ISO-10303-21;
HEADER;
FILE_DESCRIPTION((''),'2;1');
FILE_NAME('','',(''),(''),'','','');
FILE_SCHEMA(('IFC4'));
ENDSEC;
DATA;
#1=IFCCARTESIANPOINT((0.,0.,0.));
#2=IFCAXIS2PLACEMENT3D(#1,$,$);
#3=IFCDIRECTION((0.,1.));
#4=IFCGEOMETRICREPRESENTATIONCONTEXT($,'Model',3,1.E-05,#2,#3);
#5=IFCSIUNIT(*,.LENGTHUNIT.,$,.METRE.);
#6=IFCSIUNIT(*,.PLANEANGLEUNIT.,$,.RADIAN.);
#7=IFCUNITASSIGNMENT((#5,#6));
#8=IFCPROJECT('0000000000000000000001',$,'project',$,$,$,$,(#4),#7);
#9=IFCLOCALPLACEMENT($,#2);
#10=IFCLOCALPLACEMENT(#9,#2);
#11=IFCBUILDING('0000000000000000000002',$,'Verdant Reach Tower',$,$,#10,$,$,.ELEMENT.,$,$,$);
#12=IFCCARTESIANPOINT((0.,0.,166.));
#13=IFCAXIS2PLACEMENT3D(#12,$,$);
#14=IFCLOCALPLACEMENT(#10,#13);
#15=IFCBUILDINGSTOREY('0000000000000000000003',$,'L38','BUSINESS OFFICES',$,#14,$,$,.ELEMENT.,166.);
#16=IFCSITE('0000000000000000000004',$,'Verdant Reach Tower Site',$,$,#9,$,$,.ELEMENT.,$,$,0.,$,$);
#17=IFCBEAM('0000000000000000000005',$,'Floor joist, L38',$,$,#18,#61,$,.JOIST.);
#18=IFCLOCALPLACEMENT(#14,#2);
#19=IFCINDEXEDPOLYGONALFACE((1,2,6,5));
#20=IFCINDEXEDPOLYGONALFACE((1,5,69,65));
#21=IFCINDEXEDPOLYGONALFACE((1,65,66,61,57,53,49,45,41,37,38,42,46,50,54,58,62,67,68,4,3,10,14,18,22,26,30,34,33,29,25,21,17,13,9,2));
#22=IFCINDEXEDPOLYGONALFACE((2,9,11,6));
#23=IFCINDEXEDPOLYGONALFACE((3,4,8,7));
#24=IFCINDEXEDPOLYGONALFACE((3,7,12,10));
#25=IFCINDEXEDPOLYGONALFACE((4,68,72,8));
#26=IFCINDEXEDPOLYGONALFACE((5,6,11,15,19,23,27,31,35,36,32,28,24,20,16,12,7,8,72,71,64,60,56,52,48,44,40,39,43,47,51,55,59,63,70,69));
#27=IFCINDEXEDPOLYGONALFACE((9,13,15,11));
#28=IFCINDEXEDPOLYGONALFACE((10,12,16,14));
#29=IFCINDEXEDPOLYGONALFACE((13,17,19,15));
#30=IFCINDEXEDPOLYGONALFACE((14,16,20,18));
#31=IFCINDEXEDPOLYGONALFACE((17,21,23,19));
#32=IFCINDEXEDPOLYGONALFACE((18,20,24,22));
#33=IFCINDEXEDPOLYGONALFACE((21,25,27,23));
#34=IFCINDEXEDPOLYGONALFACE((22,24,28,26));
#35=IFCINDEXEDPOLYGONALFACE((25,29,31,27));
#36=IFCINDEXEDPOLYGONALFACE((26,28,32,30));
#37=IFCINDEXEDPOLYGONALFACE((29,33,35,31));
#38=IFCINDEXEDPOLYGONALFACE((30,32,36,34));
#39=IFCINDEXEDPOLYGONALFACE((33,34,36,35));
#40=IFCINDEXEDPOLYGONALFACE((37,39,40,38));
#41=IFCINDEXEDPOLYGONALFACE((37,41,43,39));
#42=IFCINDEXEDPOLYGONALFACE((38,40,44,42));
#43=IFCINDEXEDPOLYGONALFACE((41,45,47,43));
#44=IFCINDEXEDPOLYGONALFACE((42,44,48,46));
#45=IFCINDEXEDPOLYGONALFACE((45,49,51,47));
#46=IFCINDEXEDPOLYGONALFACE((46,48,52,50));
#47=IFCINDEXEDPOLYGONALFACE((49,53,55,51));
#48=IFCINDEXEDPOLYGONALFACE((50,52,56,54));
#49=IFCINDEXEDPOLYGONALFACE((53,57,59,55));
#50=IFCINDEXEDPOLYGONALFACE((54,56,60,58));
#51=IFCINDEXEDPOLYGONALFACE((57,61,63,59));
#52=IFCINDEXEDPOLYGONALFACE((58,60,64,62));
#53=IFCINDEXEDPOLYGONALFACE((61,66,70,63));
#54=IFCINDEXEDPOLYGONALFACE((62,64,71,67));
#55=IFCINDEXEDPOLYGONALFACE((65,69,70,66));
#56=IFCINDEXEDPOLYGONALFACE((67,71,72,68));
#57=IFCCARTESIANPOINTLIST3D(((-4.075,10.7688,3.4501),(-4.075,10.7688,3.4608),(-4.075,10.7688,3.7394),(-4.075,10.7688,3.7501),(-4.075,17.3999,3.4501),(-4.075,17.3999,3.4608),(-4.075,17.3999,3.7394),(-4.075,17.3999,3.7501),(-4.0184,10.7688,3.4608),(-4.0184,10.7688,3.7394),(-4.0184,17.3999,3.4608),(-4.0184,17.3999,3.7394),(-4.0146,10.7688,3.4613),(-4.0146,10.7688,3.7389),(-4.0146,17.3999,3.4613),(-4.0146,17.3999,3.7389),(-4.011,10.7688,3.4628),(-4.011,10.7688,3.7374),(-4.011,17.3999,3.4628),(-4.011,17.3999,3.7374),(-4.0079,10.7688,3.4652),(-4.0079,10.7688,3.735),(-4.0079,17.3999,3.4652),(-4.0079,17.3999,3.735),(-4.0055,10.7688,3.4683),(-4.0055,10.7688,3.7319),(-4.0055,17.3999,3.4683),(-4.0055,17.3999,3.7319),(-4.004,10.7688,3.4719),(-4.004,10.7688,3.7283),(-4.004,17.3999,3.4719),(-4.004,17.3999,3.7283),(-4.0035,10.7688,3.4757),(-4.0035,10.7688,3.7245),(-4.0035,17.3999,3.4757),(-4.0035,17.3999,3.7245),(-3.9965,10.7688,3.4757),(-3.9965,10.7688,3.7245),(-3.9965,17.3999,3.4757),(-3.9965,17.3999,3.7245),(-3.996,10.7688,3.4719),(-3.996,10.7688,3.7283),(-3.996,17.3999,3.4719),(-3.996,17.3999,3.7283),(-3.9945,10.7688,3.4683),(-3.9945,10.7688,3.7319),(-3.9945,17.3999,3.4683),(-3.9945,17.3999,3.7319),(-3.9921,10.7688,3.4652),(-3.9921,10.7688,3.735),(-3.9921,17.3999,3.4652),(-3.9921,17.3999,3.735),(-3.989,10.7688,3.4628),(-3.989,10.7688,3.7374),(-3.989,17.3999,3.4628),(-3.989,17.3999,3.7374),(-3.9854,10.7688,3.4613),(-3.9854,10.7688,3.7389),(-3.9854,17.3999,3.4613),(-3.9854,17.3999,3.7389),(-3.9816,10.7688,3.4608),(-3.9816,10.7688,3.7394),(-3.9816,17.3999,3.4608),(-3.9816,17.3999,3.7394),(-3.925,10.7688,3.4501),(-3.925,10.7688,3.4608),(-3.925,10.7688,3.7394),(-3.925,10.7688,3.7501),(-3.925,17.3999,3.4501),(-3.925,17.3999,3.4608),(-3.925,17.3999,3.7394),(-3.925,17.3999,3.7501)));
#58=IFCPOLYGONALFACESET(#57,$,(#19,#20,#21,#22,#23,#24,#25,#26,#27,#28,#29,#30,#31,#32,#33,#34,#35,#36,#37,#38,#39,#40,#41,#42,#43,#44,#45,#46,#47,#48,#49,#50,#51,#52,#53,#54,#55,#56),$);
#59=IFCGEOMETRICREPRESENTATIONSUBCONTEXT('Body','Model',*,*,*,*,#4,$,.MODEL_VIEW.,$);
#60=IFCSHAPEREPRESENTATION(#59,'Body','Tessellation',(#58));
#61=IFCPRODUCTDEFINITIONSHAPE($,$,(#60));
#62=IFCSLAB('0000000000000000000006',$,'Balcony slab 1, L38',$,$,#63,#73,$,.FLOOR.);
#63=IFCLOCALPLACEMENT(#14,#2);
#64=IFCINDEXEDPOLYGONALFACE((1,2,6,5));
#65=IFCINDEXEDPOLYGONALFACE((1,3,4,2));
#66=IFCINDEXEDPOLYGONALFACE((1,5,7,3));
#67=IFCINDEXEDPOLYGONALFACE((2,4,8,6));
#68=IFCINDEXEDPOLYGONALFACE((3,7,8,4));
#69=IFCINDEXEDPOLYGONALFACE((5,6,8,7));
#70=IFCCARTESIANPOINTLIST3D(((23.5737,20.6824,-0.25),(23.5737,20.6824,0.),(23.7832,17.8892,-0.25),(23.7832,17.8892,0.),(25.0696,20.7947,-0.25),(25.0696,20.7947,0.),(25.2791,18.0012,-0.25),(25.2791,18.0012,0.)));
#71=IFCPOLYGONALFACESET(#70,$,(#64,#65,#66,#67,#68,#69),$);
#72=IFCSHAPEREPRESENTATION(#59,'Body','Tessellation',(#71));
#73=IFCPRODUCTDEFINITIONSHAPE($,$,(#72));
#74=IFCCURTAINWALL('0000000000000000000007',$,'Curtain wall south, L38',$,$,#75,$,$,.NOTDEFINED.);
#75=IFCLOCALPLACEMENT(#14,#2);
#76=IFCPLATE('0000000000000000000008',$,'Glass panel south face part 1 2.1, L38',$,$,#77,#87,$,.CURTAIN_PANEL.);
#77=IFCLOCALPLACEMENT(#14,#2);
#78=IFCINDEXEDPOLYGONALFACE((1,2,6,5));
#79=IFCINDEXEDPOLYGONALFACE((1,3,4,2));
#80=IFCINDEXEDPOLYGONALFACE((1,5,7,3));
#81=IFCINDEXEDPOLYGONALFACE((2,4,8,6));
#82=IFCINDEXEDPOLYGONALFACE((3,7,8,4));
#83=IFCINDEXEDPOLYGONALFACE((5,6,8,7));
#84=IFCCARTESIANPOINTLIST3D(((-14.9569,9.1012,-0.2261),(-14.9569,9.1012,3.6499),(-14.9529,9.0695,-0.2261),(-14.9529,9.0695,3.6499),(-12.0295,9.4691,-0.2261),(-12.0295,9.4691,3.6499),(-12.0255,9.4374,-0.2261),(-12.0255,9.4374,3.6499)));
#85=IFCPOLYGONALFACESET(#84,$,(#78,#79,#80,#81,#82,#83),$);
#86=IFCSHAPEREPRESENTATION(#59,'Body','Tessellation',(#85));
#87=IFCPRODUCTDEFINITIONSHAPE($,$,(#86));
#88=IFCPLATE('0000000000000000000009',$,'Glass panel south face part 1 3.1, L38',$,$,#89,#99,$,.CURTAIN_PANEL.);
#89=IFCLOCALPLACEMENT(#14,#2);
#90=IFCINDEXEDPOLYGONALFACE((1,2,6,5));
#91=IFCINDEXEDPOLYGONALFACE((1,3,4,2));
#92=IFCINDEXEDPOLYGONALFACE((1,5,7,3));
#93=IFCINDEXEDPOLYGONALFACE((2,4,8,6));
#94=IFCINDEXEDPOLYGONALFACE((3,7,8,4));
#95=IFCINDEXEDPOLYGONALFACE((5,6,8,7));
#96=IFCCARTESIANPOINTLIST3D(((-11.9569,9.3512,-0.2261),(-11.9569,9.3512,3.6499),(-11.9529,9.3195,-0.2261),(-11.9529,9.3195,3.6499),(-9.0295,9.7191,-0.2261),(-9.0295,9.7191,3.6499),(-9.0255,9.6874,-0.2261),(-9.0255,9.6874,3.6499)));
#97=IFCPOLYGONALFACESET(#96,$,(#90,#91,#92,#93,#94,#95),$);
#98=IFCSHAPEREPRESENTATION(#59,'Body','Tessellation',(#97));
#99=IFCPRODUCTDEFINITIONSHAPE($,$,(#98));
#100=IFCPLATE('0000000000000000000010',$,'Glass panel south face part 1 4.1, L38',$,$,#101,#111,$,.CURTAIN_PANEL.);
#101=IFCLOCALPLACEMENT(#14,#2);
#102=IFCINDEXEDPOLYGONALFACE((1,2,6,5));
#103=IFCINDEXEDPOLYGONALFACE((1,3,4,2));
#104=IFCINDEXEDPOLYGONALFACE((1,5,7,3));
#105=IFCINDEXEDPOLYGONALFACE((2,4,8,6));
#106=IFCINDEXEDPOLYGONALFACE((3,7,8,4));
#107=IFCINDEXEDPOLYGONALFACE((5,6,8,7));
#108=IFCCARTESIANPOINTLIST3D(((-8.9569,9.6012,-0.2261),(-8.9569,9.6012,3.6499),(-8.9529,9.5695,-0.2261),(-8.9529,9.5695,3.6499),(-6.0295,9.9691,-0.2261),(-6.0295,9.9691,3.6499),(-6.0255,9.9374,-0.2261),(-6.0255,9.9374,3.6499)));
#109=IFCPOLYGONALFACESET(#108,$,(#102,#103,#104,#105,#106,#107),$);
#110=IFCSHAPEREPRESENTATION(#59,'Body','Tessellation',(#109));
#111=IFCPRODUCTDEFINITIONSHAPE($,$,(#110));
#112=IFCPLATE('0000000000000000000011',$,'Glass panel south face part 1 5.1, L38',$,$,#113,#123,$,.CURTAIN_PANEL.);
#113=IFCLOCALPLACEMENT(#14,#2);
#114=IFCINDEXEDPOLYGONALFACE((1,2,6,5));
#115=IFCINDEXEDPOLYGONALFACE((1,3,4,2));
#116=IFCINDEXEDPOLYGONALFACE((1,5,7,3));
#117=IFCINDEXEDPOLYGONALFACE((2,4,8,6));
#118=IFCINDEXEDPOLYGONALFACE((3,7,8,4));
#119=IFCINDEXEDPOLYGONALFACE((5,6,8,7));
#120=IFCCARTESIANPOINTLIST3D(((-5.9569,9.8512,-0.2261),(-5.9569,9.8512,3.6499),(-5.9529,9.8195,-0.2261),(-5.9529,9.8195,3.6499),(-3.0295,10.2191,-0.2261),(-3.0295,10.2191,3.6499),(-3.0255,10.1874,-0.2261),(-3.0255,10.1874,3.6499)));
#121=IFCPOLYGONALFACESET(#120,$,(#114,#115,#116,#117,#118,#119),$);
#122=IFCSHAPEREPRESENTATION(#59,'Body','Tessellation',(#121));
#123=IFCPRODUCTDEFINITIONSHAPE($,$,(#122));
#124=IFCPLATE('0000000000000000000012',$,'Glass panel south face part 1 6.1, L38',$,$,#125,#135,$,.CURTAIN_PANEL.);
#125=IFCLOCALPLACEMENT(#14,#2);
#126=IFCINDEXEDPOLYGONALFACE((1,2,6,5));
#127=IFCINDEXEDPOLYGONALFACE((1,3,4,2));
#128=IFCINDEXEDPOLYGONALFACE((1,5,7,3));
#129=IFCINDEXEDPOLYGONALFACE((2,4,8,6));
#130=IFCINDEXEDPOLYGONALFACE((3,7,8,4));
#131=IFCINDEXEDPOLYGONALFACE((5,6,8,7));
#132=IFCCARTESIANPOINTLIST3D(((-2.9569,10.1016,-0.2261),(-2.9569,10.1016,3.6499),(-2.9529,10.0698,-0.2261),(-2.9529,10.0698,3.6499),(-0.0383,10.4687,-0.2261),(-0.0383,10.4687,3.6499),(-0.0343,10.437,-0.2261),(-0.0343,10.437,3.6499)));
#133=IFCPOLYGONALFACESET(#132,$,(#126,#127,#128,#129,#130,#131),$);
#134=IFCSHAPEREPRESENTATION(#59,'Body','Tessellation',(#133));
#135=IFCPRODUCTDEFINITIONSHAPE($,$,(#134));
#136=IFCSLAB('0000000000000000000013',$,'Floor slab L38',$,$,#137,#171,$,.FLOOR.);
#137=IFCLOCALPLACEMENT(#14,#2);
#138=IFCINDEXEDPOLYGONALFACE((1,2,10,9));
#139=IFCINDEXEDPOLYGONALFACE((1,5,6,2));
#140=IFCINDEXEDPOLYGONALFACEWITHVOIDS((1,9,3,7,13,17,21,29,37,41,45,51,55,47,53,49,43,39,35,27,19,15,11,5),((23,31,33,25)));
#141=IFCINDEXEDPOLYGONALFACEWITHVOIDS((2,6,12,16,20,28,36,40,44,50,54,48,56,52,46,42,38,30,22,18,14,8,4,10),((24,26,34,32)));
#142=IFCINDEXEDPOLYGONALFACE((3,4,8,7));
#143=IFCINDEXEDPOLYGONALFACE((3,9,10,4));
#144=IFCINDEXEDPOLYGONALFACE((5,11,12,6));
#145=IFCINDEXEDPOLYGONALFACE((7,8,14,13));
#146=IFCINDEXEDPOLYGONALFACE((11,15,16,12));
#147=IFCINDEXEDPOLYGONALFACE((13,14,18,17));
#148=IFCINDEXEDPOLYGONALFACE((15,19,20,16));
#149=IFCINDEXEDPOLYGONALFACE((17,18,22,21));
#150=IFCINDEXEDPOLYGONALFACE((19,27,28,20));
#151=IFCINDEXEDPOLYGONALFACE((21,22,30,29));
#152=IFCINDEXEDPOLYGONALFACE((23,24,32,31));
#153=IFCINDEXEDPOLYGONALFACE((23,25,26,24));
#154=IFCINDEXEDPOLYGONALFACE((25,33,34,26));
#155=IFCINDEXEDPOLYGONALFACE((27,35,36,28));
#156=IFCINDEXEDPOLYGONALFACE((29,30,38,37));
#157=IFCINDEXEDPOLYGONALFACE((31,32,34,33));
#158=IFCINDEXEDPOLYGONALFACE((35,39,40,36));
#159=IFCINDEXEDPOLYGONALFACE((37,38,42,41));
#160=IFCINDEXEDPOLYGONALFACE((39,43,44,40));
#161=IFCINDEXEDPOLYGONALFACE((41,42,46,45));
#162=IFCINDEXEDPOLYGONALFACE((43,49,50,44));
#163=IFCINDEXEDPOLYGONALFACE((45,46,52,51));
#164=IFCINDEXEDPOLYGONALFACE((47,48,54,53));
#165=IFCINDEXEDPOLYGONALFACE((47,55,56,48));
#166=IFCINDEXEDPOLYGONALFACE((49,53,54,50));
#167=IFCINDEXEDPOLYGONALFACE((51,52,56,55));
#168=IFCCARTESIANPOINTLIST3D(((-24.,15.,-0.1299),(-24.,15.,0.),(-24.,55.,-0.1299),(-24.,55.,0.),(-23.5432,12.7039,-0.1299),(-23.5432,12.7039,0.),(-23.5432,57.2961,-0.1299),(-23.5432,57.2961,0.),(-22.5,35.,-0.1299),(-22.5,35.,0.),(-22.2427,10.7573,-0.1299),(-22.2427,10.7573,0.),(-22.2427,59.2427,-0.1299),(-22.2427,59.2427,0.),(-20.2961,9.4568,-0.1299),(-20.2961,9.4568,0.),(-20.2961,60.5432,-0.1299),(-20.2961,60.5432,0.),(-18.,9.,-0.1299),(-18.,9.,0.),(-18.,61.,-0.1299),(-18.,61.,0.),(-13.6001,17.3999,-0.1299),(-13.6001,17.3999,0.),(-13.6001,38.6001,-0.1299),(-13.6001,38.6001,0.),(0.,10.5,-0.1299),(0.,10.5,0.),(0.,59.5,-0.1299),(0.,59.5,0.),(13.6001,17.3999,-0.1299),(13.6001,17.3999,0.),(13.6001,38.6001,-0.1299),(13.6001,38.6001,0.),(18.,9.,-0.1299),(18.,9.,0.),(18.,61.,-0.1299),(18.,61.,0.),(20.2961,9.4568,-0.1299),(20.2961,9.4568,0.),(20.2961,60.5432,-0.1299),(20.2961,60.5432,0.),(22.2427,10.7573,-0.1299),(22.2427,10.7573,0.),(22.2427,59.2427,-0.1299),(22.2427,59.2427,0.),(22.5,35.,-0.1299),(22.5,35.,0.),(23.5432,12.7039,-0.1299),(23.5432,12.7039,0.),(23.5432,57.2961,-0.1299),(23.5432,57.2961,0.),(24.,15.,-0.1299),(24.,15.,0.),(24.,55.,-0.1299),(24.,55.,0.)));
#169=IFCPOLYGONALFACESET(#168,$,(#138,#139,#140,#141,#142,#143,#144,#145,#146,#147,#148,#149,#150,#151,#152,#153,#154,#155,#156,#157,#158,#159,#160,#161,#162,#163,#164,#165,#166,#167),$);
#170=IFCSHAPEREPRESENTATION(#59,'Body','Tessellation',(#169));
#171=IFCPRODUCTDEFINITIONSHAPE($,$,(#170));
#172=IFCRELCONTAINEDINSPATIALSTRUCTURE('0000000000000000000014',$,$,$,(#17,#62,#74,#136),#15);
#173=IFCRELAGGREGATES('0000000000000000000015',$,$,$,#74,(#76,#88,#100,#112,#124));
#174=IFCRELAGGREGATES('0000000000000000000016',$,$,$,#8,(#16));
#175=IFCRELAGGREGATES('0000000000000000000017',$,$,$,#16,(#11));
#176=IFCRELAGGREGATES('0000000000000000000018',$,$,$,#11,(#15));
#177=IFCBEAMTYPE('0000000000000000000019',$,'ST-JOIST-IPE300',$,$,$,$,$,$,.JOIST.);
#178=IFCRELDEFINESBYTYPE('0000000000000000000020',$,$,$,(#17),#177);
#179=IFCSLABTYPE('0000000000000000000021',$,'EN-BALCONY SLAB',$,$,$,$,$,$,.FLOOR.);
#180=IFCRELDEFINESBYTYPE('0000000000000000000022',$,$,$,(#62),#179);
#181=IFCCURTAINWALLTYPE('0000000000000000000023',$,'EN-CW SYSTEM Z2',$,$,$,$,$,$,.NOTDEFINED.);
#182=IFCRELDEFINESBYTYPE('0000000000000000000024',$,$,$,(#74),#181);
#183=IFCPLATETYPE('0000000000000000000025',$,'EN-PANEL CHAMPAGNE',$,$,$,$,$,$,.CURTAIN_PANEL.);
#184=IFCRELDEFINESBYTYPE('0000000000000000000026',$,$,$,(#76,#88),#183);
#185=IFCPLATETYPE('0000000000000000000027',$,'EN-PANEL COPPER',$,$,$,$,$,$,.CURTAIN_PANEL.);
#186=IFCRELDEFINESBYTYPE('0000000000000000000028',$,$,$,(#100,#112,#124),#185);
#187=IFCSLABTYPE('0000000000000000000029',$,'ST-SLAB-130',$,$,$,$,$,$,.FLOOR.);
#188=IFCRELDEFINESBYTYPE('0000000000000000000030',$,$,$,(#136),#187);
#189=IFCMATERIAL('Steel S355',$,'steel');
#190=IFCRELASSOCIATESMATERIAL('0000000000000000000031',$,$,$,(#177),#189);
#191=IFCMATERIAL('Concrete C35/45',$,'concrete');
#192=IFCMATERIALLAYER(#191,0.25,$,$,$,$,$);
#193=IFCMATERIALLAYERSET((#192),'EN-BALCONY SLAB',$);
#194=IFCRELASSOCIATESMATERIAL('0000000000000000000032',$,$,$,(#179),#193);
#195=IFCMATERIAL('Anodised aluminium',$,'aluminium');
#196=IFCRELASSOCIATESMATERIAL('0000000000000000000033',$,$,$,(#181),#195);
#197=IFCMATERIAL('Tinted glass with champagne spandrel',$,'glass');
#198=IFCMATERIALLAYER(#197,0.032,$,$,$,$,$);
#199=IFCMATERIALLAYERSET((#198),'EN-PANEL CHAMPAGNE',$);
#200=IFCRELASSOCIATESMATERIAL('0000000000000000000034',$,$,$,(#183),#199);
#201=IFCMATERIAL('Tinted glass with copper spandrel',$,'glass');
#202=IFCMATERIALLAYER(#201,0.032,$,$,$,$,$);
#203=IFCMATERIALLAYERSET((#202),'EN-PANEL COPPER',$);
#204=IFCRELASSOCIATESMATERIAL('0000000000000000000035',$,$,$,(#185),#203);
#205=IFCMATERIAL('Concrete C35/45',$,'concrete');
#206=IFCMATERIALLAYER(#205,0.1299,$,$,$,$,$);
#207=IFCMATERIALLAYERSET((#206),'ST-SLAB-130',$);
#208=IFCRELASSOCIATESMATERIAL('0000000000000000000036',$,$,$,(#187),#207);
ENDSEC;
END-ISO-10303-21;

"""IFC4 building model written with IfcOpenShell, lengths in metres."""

from ifc_helpers import new_model, si_unit, direction, frame, origin, origin_2d, place, context, subcontext, project, spatial, polyline, rectangle, i_section, outline, extrude, material, layer, layer_set, material_profile, profile_set, type_object, element, aggregate, save


model = new_model("IFC4")

# Units and contexts
model_context = context("Model", 3, precision=1e-05, world=origin(), true_north=direction((0.0, 1.0)))
body_context = subcontext(model_context, "Body", "Model", "MODEL_VIEW")
ifc_project = project(units=[si_unit("LENGTHUNIT", "METRE"), si_unit("PLANEANGLEUNIT", "RADIAN")], contexts=[model_context])

# Site, building, storey
site_placement = place(None, origin())
site = spatial("IfcSite", under=ifc_project, at=site_placement, Name="Verdant Reach Tower Site", CompositionType="ELEMENT", RefElevation=0.0)
building_placement = place(site_placement, origin())
building = spatial("IfcBuilding", under=site, at=building_placement, Name="Verdant Reach Tower", CompositionType="ELEMENT")
storey_placement = place(building_placement, frame((0.0, 0.0, 166.0)))
storey = spatial("IfcBuildingStorey", under=building, at=storey_placement, Name="L38", Description="BUSINESS OFFICES", CompositionType="ELEMENT", Elevation=166.0)

# Beam
ifc_material_1 = material(Name="Steel S355", Category="steel")
ifc_material_profile_1 = material_profile(ifc_material_1, i_section(OverallWidth=0.1499, OverallDepth=0.3, WebThickness=0.0071, FlangeThickness=0.0107, FilletRadius=0.0149, at=origin_2d()), Name="IPE 300")
ifc_profile_set_1 = profile_set([ifc_material_profile_1], Name="Steel S355")
beam_type_1 = type_object("IfcBeamType", Name="ST-JOIST-IPE300", PredefinedType="JOIST", material=ifc_profile_set_1)
beam_1_placement = place(storey_placement, frame((-4.0, 17.3999, 3.6001), z_axis=(0.0, -1.0, 0.0), x_axis=(1.0, 0.0, 0.0)))
element("IfcBeam", 1, at=beam_1_placement, inside=storey, type_object=beam_type_1, Name="Floor joist, L38", PredefinedType="JOIST", context=body_context, shape_type="SweptSolid", body=[
    extrude(i_section(OverallWidth=0.1499, OverallDepth=0.3, WebThickness=0.0071, FlangeThickness=0.0107, FilletRadius=0.0149, at=origin_2d()), origin(), (0.0, 0.0, 1.0), 6.6311),
])

# Slab
ifc_material_2 = material(Name="Concrete C35/45", Category="concrete")
ifc_layer_1 = layer(ifc_material_2, 0.25)
ifc_layer_set_1 = layer_set([ifc_layer_1], Name="EN-BALCONY SLAB")
slab_type_1 = type_object("IfcSlabType", Name="EN-BALCONY SLAB", PredefinedType="FLOOR", material=ifc_layer_set_1)
slab_1_placement = place(storey_placement, frame((0.0, 0.0, -0.25)))
element("IfcSlab", 2, at=slab_1_placement, inside=storey, type_object=slab_type_1, Name="Balcony slab 1, L38", PredefinedType="FLOOR", context=body_context, shape_type="SweptSolid", body=[
    extrude(outline(polyline([(23.7832, 17.8892), (23.5737, 20.6824), (25.0696, 20.7947), (25.2791, 18.0012), (23.7832, 17.8892)])), origin(), (0.0, 0.0, 1.0), 0.25),
])

# Curtain wall, plates
ifc_material_3 = material(Name="Anodised aluminium", Category="aluminium")
curtain_wall_type = type_object("IfcCurtainWallType", Name="EN-CW SYSTEM Z2", PredefinedType="NOTDEFINED", material=ifc_material_3)
curtain_wall_placement = place(storey_placement, origin())
curtain_wall = element("IfcCurtainWall", 3, at=curtain_wall_placement, inside=storey, type_object=curtain_wall_type, Name="Curtain wall south, L38", PredefinedType="NOTDEFINED")
ifc_material_4 = material(Name="Tinted glass with champagne spandrel", Category="glass")
ifc_layer_2 = layer(ifc_material_4, 0.032)
ifc_layer_set_2 = layer_set([ifc_layer_2], Name="EN-PANEL CHAMPAGNE")
plate_type_1 = type_object("IfcPlateType", Name="EN-PANEL CHAMPAGNE", PredefinedType="CURTAIN_PANEL", material=ifc_layer_set_2)
plate_1_placement = place(storey_placement, frame((-13.4912, 9.2693, -0.2261), z_axis=(0.0, 0.0, 1.0), x_axis=(0.992194, 0.124704, 0.0)))
plate_1 = element("IfcPlate", 4, at=plate_1_placement, type_object=plate_type_1, Name="Glass panel south face part 1 2.1, L38", PredefinedType="CURTAIN_PANEL", context=body_context, shape_type="SweptSolid", body=[
    extrude(rectangle(XDim=2.9504, YDim=0.032, at=origin_2d()), origin(), (0.0, 0.0, 1.0), 3.876),
])
plate_2_placement = place(storey_placement, frame((-10.4912, 9.5193, -0.2261), z_axis=(0.0, 0.0, 1.0), x_axis=(0.992194, 0.124704, 0.0)))
plate_2 = element("IfcPlate", 5, at=plate_2_placement, type_object=plate_type_1, Name="Glass panel south face part 1 3.1, L38", PredefinedType="CURTAIN_PANEL", context=body_context, shape_type="SweptSolid", body=[
    extrude(rectangle(XDim=2.9504, YDim=0.032, at=origin_2d()), origin(), (0.0, 0.0, 1.0), 3.876),
])
ifc_material_5 = material(Name="Tinted glass with copper spandrel", Category="glass")
ifc_layer_3 = layer(ifc_material_5, 0.032)
ifc_layer_set_3 = layer_set([ifc_layer_3], Name="EN-PANEL COPPER")
plate_type_2 = type_object("IfcPlateType", Name="EN-PANEL COPPER", PredefinedType="CURTAIN_PANEL", material=ifc_layer_set_3)
plate_3_placement = place(storey_placement, frame((-7.4912, 9.7693, -0.2261), z_axis=(0.0, 0.0, 1.0), x_axis=(0.992194, 0.124704, 0.0)))
plate_3 = element("IfcPlate", 6, at=plate_3_placement, type_object=plate_type_2, Name="Glass panel south face part 1 4.1, L38", PredefinedType="CURTAIN_PANEL", context=body_context, shape_type="SweptSolid", body=[
    extrude(rectangle(XDim=2.9504, YDim=0.032, at=origin_2d()), origin(), (0.0, 0.0, 1.0), 3.876),
])
plate_4_placement = place(storey_placement, frame((-4.4912, 10.0193, -0.2261), z_axis=(0.0, 0.0, 1.0), x_axis=(0.992194, 0.124704, 0.0)))
plate_4 = element("IfcPlate", 7, at=plate_4_placement, type_object=plate_type_2, Name="Glass panel south face part 1 5.1, L38", PredefinedType="CURTAIN_PANEL", context=body_context, shape_type="SweptSolid", body=[
    extrude(rectangle(XDim=2.9504, YDim=0.032, at=origin_2d()), origin(), (0.0, 0.0, 1.0), 3.876),
])
plate_5_placement = place(storey_placement, frame((-1.4956, 10.2693, -0.2261), z_axis=(0.0, 0.0, 1.0), x_axis=(0.992179, 0.124825, 0.0)))
plate_5 = element("IfcPlate", 8, at=plate_5_placement, type_object=plate_type_2, Name="Glass panel south face part 1 6.1, L38", PredefinedType="CURTAIN_PANEL", context=body_context, shape_type="SweptSolid", body=[
    extrude(rectangle(XDim=2.9417, YDim=0.032, at=origin_2d()), origin(), (0.0, 0.0, 1.0), 3.876),
])
aggregate(curtain_wall, [plate_1, plate_2, plate_3, plate_4, plate_5])

# Slab
ifc_material_6 = material(Name="Concrete C35/45", Category="concrete")
ifc_layer_4 = layer(ifc_material_6, 0.1299)
ifc_layer_set_4 = layer_set([ifc_layer_4], Name="ST-SLAB-130")
slab_type_2 = type_object("IfcSlabType", Name="ST-SLAB-130", PredefinedType="FLOOR", material=ifc_layer_set_4)
slab_2_placement = place(storey_placement, frame((0.0, 0.0, -0.1299)))
element("IfcSlab", 9, at=slab_2_placement, inside=storey, type_object=slab_type_2, Name="Floor slab L38", PredefinedType="FLOOR", context=body_context, shape_type="SweptSolid", body=[
    extrude(outline(polyline([(0.0, 10.5), (-18.0, 9.0), (-20.2961, 9.4568), (-22.2427, 10.7573), (-23.5432, 12.7039), (-24.0, 15.0), (-22.5, 35.0), (-24.0, 55.0), (-23.5432, 57.2961), (-22.2427, 59.2427), (-20.2961, 60.5432), (-18.0, 61.0), (0.0, 59.5), (18.0, 61.0), (20.2961, 60.5432), (22.2427, 59.2427), (23.5432, 57.2961), (24.0, 55.0), (22.5, 35.0), (24.0, 15.0), (23.5432, 12.7039), (22.2427, 10.7573), (20.2961, 9.4568), (18.0, 9.0), (0.0, 10.5)]), holes=[polyline([(13.6001, 38.6001), (-13.6001, 38.6001), (-13.6001, 17.3999), (13.6001, 17.3999), (13.6001, 38.6001)])]), origin(), (0.0, 0.0, 1.0), 0.1299),
])

save(model, "model.ifc")
